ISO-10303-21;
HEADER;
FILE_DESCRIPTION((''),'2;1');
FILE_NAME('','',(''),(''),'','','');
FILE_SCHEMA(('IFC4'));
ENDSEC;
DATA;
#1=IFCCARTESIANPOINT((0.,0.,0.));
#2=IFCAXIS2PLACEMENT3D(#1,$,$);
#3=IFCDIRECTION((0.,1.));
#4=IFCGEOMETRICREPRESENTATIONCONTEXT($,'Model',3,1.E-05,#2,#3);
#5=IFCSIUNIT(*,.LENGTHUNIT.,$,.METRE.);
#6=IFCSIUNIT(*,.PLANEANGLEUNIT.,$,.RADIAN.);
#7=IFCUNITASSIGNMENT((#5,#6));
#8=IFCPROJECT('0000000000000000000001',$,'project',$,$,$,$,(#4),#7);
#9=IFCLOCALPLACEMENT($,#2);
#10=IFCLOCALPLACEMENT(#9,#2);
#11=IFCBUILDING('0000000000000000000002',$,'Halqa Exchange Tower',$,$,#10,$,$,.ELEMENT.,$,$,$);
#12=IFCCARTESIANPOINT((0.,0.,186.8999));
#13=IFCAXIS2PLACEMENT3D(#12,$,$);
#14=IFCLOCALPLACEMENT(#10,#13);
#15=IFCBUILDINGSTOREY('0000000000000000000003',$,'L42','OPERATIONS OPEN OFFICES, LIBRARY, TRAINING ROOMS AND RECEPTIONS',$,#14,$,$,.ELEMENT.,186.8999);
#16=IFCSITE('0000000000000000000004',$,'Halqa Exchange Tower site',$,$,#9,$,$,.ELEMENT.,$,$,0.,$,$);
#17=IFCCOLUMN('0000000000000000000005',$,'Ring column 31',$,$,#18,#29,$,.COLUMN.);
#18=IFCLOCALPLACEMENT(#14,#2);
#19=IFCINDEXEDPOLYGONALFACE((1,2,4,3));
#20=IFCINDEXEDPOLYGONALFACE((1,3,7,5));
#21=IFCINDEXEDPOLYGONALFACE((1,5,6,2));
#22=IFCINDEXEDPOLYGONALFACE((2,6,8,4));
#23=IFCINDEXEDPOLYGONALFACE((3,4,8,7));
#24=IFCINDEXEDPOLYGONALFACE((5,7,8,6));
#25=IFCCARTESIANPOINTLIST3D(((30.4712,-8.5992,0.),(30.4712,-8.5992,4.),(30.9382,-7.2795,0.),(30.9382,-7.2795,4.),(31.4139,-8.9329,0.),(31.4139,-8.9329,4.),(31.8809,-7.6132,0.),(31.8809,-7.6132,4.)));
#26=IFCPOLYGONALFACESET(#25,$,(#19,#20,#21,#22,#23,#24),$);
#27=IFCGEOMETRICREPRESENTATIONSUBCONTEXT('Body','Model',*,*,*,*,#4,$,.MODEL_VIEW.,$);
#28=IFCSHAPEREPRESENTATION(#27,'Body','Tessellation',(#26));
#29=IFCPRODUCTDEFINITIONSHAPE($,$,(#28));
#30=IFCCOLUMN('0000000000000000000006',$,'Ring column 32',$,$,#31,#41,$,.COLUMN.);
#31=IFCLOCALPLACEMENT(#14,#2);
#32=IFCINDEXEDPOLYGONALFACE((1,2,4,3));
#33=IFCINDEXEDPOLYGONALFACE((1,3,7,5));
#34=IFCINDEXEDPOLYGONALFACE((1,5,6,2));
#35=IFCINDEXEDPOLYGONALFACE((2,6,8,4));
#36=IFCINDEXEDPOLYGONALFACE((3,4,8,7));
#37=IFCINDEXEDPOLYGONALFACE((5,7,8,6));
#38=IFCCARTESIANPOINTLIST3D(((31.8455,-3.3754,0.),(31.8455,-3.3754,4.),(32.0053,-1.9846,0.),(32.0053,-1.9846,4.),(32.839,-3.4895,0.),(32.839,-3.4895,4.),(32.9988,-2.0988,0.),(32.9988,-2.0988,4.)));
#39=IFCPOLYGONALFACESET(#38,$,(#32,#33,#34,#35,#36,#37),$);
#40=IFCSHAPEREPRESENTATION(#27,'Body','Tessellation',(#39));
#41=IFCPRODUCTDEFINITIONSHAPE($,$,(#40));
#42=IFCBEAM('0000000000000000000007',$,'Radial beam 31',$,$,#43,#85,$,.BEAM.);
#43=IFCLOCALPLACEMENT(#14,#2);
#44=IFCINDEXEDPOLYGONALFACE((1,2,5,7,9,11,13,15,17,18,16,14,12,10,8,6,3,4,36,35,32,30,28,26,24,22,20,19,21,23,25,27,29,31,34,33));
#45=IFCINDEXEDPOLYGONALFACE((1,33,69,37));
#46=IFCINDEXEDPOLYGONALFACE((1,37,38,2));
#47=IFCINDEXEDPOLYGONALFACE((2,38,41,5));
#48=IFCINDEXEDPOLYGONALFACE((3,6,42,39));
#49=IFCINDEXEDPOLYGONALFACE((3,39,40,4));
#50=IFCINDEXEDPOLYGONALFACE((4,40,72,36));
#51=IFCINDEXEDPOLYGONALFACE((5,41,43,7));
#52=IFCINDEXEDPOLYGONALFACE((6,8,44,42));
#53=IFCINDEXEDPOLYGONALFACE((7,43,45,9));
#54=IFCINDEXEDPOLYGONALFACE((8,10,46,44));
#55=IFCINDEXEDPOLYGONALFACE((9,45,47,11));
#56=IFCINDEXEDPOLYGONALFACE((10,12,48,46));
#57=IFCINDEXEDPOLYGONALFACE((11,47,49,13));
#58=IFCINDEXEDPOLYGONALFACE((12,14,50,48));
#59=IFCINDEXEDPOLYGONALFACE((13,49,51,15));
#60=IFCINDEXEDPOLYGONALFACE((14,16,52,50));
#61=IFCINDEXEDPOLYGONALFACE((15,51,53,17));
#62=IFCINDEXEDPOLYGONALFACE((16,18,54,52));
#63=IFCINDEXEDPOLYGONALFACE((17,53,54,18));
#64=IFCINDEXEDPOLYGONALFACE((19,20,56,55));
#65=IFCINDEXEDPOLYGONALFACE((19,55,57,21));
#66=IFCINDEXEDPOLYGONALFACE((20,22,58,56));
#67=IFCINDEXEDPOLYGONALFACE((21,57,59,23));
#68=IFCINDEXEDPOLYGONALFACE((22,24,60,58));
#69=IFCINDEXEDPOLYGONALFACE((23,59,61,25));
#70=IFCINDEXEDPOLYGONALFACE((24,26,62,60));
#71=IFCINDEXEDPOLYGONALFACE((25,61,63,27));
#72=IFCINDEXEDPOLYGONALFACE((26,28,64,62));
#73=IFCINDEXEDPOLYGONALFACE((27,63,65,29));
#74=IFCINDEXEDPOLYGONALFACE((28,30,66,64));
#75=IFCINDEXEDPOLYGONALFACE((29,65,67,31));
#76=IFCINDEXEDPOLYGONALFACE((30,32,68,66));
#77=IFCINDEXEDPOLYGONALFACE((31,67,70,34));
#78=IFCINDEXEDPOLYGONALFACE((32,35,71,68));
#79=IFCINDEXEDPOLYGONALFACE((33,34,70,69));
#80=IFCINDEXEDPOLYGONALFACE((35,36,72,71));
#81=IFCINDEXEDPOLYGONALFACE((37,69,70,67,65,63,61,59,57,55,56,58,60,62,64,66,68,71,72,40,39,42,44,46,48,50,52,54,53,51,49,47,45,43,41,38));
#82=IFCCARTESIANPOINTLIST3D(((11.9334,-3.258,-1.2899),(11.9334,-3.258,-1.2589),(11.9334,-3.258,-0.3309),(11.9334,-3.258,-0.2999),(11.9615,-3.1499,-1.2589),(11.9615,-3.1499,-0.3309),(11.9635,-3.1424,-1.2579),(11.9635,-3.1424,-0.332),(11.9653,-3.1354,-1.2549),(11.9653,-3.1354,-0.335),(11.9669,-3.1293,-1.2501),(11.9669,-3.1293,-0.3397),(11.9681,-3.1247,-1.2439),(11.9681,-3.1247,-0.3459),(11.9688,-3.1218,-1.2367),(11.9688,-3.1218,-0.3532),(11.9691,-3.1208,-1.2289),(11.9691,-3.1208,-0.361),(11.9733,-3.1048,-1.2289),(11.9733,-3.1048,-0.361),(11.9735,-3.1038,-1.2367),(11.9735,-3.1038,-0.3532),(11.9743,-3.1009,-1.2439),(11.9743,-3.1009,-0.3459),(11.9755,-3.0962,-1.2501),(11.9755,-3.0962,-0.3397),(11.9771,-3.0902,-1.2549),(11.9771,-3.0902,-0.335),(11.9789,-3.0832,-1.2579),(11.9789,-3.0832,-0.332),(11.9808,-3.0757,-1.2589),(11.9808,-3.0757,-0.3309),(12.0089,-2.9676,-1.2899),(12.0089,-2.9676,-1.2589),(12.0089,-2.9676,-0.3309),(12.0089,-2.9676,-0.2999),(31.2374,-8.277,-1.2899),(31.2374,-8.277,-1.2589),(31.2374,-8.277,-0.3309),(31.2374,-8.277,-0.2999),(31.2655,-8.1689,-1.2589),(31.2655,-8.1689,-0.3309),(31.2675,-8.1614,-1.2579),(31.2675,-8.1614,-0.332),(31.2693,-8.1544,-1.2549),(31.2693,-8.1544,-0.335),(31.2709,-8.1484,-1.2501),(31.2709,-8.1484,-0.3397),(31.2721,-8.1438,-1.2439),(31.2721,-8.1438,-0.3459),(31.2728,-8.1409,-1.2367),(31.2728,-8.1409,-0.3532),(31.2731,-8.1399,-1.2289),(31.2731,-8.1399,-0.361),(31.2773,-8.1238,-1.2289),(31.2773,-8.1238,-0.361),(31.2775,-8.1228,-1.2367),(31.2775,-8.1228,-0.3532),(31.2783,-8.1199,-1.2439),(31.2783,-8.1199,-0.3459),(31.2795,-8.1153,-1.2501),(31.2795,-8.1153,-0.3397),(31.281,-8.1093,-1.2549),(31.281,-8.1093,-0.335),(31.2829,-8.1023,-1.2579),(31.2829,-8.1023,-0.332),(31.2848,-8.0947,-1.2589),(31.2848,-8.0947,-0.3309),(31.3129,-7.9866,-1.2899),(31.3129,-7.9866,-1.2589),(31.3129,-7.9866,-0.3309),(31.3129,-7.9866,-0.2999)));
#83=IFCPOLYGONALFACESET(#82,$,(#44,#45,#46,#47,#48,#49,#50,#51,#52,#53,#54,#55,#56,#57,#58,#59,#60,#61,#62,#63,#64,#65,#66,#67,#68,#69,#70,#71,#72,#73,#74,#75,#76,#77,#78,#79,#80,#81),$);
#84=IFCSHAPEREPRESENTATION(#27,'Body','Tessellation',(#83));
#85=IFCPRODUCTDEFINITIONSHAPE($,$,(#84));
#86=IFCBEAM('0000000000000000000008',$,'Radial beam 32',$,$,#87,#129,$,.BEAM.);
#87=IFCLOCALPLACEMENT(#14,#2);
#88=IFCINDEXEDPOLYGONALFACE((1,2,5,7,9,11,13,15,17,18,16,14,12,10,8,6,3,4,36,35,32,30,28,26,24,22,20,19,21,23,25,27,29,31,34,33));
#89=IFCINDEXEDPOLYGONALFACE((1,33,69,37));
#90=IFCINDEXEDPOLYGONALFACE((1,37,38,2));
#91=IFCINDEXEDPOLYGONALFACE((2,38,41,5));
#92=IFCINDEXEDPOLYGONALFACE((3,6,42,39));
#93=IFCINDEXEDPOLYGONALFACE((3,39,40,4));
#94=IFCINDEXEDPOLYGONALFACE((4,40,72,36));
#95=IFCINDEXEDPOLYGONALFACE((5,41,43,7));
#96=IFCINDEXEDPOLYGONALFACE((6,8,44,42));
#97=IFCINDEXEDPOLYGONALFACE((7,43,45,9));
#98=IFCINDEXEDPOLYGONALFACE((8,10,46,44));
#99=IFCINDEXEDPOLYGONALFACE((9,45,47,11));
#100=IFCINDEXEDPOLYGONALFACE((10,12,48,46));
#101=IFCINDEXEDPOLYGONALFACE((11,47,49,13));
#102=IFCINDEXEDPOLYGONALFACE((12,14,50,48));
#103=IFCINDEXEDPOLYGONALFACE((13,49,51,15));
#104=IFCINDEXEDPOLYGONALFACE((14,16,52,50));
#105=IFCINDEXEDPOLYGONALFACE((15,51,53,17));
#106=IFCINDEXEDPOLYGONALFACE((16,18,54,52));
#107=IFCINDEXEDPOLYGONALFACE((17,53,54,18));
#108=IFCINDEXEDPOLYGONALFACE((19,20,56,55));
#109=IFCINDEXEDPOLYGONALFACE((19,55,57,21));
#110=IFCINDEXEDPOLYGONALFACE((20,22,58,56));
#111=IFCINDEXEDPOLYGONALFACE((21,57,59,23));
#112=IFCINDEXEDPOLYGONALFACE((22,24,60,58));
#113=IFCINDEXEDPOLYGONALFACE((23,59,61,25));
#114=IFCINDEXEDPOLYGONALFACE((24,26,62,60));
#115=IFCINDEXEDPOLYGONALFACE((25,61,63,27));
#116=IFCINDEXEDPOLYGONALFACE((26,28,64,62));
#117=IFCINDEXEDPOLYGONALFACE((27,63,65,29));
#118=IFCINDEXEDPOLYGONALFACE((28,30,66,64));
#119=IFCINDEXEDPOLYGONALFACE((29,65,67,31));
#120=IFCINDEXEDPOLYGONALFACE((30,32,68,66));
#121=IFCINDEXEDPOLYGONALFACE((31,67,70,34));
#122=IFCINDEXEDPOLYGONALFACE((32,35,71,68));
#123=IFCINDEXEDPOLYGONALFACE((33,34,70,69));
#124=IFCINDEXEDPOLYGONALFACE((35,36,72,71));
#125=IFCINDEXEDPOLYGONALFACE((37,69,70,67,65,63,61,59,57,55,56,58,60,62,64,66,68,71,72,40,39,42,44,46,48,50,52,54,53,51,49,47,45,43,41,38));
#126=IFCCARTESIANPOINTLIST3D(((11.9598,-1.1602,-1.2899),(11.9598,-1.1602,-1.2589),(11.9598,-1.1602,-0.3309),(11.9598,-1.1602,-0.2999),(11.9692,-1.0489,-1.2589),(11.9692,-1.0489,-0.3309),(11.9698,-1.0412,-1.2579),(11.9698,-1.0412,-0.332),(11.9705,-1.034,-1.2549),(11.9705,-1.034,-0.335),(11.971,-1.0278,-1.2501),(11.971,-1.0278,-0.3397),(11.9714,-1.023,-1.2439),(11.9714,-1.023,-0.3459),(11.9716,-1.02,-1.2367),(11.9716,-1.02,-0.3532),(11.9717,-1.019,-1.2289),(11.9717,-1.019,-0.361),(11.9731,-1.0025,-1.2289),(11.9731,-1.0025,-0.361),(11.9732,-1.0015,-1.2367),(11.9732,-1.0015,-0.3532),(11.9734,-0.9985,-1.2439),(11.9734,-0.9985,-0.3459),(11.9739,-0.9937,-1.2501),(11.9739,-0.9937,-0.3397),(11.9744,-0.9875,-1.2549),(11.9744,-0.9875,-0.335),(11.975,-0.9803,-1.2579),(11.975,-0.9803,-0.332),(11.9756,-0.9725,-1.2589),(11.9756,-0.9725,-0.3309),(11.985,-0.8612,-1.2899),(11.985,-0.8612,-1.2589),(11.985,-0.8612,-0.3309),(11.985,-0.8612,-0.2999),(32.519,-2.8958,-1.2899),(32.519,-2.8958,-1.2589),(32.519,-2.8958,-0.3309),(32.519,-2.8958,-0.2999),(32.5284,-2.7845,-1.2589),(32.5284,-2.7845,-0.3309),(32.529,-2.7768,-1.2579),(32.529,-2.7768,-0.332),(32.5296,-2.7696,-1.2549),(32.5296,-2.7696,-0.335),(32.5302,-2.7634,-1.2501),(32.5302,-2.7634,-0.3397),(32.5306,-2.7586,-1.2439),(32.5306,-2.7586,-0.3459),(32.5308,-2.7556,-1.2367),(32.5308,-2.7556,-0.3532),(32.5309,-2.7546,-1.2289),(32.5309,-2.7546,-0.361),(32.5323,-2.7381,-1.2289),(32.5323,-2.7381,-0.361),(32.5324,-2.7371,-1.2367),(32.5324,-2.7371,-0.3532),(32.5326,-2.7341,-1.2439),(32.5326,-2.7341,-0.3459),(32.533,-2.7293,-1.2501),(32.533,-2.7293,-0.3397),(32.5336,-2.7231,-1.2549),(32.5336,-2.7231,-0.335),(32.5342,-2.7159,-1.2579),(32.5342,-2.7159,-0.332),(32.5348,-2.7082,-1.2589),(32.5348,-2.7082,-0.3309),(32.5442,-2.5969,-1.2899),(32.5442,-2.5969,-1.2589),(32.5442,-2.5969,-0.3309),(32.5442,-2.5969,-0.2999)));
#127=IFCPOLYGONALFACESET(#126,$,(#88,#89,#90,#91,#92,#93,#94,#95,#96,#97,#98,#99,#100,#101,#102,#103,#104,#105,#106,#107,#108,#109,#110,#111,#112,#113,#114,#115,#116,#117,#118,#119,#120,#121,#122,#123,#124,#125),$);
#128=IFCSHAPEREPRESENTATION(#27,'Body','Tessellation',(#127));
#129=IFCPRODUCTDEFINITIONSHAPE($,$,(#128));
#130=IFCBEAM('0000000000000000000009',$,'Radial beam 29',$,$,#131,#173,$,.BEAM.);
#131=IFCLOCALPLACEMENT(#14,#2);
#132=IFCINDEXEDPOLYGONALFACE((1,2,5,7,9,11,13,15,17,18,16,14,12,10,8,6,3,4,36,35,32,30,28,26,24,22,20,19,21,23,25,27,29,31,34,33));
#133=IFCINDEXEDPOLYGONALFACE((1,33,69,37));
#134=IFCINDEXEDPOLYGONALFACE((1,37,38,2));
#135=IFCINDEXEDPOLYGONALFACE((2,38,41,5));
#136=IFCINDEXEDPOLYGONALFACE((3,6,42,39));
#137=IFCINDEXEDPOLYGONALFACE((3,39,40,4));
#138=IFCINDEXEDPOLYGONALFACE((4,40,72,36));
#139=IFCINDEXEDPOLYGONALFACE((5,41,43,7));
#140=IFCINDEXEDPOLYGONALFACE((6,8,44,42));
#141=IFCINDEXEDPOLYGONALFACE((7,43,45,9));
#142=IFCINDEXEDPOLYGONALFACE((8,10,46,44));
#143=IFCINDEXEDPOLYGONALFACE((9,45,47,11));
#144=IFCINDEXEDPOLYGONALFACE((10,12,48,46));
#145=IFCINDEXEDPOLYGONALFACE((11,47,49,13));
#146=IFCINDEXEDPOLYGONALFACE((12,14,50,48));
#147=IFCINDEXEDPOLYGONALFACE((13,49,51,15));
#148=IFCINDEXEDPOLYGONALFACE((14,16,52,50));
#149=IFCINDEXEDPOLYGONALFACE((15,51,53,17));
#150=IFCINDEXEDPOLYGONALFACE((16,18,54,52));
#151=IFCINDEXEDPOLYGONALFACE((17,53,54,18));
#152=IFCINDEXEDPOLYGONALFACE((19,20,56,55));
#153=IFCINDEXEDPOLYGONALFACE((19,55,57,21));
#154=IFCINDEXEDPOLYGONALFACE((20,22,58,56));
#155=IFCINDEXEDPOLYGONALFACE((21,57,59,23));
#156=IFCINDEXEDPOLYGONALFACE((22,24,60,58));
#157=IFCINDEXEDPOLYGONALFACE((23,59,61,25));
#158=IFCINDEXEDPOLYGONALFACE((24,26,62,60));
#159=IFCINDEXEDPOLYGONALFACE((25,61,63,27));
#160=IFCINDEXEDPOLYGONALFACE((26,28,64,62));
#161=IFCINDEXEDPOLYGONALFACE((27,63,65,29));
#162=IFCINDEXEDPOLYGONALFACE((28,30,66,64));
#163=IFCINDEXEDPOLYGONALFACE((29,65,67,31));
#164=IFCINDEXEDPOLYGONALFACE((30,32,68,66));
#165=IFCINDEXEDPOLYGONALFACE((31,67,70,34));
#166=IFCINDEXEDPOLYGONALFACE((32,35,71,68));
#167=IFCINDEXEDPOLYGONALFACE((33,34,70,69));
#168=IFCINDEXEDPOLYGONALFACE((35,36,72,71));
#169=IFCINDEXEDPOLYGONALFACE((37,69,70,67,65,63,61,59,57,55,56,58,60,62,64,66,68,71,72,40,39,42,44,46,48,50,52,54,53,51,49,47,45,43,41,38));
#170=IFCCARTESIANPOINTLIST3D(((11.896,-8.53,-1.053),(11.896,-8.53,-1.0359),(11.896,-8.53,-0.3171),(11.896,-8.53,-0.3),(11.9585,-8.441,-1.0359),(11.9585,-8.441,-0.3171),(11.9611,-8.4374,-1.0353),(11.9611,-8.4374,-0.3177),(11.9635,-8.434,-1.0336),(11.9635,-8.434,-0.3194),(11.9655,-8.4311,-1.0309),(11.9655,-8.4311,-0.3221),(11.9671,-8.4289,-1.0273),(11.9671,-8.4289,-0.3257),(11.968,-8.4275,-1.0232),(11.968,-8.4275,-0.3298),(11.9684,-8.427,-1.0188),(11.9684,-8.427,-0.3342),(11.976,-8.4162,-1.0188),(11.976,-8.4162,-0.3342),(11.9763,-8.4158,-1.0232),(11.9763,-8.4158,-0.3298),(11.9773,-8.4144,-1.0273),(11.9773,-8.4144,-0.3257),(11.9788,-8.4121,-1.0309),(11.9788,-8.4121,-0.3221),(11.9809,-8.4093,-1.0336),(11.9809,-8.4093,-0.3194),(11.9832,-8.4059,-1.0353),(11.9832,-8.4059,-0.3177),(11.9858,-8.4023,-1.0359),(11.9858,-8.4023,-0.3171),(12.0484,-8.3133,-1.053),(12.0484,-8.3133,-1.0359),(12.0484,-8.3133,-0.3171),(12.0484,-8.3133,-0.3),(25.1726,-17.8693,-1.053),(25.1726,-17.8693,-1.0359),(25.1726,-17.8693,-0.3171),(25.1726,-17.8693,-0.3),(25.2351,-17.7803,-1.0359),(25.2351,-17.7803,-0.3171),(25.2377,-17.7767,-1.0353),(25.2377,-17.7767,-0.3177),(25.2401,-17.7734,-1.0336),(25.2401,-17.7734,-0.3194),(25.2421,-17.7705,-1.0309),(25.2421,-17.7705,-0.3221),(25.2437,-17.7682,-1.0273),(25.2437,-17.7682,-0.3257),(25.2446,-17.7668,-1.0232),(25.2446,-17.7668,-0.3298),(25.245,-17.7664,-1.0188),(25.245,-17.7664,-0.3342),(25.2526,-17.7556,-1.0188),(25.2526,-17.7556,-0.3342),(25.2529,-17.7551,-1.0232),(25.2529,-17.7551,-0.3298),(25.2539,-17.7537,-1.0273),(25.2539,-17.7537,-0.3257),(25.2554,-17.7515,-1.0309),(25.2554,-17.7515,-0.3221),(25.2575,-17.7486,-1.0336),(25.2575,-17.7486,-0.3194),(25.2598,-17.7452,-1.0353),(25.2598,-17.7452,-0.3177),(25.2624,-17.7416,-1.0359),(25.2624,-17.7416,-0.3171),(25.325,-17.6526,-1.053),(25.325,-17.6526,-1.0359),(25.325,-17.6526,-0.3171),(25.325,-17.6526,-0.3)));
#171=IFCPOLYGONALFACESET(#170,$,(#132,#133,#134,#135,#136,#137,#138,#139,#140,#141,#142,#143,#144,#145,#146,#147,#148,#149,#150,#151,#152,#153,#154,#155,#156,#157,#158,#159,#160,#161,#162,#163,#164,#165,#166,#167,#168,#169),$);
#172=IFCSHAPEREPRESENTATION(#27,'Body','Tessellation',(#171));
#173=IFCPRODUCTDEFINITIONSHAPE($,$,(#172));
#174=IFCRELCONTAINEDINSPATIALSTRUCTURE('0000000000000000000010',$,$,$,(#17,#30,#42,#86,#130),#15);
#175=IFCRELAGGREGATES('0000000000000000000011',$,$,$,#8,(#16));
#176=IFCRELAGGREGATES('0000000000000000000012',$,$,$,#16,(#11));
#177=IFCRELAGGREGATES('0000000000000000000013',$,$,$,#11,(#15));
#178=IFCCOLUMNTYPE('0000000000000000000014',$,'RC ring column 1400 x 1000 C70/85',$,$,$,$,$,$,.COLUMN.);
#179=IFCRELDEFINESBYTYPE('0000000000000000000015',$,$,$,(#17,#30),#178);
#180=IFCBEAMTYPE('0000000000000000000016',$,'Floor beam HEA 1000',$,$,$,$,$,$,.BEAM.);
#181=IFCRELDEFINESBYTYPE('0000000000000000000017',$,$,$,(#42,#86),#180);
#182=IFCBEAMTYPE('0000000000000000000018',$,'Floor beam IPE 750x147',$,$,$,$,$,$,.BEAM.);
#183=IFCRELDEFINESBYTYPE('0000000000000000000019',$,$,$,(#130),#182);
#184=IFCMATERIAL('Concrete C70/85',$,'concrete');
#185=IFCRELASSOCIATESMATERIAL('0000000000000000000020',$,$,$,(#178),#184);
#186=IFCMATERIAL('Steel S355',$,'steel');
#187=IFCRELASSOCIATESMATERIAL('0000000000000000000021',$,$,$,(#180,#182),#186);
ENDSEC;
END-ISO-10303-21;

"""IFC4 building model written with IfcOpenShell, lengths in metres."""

from ifc_helpers import new_model, si_unit, direction, frame, origin, origin_2d, place, context, subcontext, project, spatial, rectangle, i_section, extrude, material, material_profile, profile_set, type_object, element, save


model = new_model("IFC4")

# Units and contexts
model_context = context("Model", 3, precision=1e-05, world=origin(), true_north=direction((0.0, 1.0)))
body_context = subcontext(model_context, "Body", "Model", "MODEL_VIEW")
ifc_project = project(units=[si_unit("LENGTHUNIT", "METRE"), si_unit("PLANEANGLEUNIT", "RADIAN")], contexts=[model_context])

# Site, building, storey
site_placement = place(None, origin())
site = spatial("IfcSite", under=ifc_project, at=site_placement, Name="Halqa Exchange Tower site", CompositionType="ELEMENT", RefElevation=0.0)
building_placement = place(site_placement, origin())
building = spatial("IfcBuilding", under=site, at=building_placement, Name="Halqa Exchange Tower", CompositionType="ELEMENT")
storey_placement = place(building_placement, frame((0.0, 0.0, 186.8999)))
storey = spatial("IfcBuildingStorey", under=building, at=storey_placement, Name="L42", Description="OPERATIONS OPEN OFFICES, LIBRARY, TRAINING ROOMS AND RECEPTIONS", CompositionType="ELEMENT", Elevation=186.8999)

# Columns
ifc_material_1 = material(Name="Concrete C70/85", Category="concrete")
ifc_material_profile_1 = material_profile(ifc_material_1, rectangle(XDim=1.3999, YDim=1.0, at=origin_2d()), Name="1400 x 1000")
ifc_profile_set_1 = profile_set([ifc_material_profile_1], Name="Concrete C70/85")
column_type = type_object("IfcColumnType", Name="RC ring column 1400 x 1000 C70/85", PredefinedType="COLUMN", material=ifc_profile_set_1)
for number, where, z_axis, x_axis, name in (
    (1, (31.176, -8.1062, 0.0), (0.0, 0.0, 1.0), (0.333626, 0.942706, 0.0), "Ring column 31"),
    (2, (32.4221, -2.7371, 0.0), (0.0, 0.0, 1.0), (0.11415, 0.993464, 0.0), "Ring column 32"),
):
    element("IfcColumn", number, at=place(storey_placement, frame(where, z_axis=z_axis, x_axis=x_axis)), inside=storey, type_object=column_type, Name=name, PredefinedType="COLUMN", context=body_context, shape_type="SweptSolid", body=[
        extrude(rectangle(XDim=1.3999, YDim=1.0, at=origin_2d()), origin(), (0.0, 0.0, 1.0), 4.0),
    ])

# Beams
ifc_material_2 = material(Name="Steel S355", Category="steel")
ifc_material_profile_2 = material_profile(ifc_material_2, i_section(OverallWidth=0.3, OverallDepth=0.99, WebThickness=0.0166, FlangeThickness=0.031, FilletRadius=0.03, at=origin_2d()), Name="HEA 1000")
ifc_profile_set_2 = profile_set([ifc_material_profile_2], Name="Steel S355")
beam_type_1 = type_object("IfcBeamType", Name="Floor beam HEA 1000", PredefinedType="BEAM", material=ifc_profile_set_2)
beam_1_placement = place(storey_placement, frame((11.9712, -3.1128, -0.7949), z_axis=(0.967822, -0.251635, 0.0), x_axis=(0.251635, 0.967822, 0.0)))
element("IfcBeam", 3, at=beam_1_placement, inside=storey, type_object=beam_type_1, Name="Radial beam 31", PredefinedType="BEAM", context=body_context, shape_type="SweptSolid", body=[
    extrude(i_section(OverallWidth=0.3, OverallDepth=0.99, WebThickness=0.0166, FlangeThickness=0.031, FilletRadius=0.03, at=origin_2d()), origin(), (0.0, 0.0, 1.0), 19.9458),
])
beam_2_placement = place(storey_placement, frame((11.9724, -1.0107, -0.7949), z_axis=(0.996456, -0.084121, 0.0), x_axis=(0.084121, 0.996456, 0.0)))
element("IfcBeam", 4, at=beam_2_placement, inside=storey, type_object=beam_type_1, Name="Radial beam 32", PredefinedType="BEAM", context=body_context, shape_type="SweptSolid", body=[
    extrude(i_section(OverallWidth=0.3, OverallDepth=0.99, WebThickness=0.0166, FlangeThickness=0.031, FilletRadius=0.03, at=origin_2d()), origin(), (0.0, 0.0, 1.0), 20.6323),
])
ifc_material_profile_3 = material_profile(ifc_material_2, i_section(OverallWidth=0.2649, OverallDepth=0.7529, WebThickness=0.0132, FlangeThickness=0.0171, FilletRadius=0.0171, at=origin_2d()), Name="IPE 750x147")
ifc_profile_set_3 = profile_set([ifc_material_profile_3], Name="Steel S355")
beam_type_2 = type_object("IfcBeamType", Name="Floor beam IPE 750x147", PredefinedType="BEAM", material=ifc_profile_set_3)
beam_3_placement = place(storey_placement, frame((11.9722, -8.4216, -0.6765), z_axis=(0.817906, -0.575351, 0.0), x_axis=(0.575351, 0.817906, 0.0)))
element("IfcBeam", 5, at=beam_3_placement, inside=storey, type_object=beam_type_2, Name="Radial beam 29", PredefinedType="BEAM", context=body_context, shape_type="SweptSolid", body=[
    extrude(i_section(OverallWidth=0.2649, OverallDepth=0.7529, WebThickness=0.0132, FlangeThickness=0.0171, FilletRadius=0.0171, at=origin_2d()), origin(), (0.0, 0.0, 1.0), 16.2324),
])

save(model, "model.ifc")
